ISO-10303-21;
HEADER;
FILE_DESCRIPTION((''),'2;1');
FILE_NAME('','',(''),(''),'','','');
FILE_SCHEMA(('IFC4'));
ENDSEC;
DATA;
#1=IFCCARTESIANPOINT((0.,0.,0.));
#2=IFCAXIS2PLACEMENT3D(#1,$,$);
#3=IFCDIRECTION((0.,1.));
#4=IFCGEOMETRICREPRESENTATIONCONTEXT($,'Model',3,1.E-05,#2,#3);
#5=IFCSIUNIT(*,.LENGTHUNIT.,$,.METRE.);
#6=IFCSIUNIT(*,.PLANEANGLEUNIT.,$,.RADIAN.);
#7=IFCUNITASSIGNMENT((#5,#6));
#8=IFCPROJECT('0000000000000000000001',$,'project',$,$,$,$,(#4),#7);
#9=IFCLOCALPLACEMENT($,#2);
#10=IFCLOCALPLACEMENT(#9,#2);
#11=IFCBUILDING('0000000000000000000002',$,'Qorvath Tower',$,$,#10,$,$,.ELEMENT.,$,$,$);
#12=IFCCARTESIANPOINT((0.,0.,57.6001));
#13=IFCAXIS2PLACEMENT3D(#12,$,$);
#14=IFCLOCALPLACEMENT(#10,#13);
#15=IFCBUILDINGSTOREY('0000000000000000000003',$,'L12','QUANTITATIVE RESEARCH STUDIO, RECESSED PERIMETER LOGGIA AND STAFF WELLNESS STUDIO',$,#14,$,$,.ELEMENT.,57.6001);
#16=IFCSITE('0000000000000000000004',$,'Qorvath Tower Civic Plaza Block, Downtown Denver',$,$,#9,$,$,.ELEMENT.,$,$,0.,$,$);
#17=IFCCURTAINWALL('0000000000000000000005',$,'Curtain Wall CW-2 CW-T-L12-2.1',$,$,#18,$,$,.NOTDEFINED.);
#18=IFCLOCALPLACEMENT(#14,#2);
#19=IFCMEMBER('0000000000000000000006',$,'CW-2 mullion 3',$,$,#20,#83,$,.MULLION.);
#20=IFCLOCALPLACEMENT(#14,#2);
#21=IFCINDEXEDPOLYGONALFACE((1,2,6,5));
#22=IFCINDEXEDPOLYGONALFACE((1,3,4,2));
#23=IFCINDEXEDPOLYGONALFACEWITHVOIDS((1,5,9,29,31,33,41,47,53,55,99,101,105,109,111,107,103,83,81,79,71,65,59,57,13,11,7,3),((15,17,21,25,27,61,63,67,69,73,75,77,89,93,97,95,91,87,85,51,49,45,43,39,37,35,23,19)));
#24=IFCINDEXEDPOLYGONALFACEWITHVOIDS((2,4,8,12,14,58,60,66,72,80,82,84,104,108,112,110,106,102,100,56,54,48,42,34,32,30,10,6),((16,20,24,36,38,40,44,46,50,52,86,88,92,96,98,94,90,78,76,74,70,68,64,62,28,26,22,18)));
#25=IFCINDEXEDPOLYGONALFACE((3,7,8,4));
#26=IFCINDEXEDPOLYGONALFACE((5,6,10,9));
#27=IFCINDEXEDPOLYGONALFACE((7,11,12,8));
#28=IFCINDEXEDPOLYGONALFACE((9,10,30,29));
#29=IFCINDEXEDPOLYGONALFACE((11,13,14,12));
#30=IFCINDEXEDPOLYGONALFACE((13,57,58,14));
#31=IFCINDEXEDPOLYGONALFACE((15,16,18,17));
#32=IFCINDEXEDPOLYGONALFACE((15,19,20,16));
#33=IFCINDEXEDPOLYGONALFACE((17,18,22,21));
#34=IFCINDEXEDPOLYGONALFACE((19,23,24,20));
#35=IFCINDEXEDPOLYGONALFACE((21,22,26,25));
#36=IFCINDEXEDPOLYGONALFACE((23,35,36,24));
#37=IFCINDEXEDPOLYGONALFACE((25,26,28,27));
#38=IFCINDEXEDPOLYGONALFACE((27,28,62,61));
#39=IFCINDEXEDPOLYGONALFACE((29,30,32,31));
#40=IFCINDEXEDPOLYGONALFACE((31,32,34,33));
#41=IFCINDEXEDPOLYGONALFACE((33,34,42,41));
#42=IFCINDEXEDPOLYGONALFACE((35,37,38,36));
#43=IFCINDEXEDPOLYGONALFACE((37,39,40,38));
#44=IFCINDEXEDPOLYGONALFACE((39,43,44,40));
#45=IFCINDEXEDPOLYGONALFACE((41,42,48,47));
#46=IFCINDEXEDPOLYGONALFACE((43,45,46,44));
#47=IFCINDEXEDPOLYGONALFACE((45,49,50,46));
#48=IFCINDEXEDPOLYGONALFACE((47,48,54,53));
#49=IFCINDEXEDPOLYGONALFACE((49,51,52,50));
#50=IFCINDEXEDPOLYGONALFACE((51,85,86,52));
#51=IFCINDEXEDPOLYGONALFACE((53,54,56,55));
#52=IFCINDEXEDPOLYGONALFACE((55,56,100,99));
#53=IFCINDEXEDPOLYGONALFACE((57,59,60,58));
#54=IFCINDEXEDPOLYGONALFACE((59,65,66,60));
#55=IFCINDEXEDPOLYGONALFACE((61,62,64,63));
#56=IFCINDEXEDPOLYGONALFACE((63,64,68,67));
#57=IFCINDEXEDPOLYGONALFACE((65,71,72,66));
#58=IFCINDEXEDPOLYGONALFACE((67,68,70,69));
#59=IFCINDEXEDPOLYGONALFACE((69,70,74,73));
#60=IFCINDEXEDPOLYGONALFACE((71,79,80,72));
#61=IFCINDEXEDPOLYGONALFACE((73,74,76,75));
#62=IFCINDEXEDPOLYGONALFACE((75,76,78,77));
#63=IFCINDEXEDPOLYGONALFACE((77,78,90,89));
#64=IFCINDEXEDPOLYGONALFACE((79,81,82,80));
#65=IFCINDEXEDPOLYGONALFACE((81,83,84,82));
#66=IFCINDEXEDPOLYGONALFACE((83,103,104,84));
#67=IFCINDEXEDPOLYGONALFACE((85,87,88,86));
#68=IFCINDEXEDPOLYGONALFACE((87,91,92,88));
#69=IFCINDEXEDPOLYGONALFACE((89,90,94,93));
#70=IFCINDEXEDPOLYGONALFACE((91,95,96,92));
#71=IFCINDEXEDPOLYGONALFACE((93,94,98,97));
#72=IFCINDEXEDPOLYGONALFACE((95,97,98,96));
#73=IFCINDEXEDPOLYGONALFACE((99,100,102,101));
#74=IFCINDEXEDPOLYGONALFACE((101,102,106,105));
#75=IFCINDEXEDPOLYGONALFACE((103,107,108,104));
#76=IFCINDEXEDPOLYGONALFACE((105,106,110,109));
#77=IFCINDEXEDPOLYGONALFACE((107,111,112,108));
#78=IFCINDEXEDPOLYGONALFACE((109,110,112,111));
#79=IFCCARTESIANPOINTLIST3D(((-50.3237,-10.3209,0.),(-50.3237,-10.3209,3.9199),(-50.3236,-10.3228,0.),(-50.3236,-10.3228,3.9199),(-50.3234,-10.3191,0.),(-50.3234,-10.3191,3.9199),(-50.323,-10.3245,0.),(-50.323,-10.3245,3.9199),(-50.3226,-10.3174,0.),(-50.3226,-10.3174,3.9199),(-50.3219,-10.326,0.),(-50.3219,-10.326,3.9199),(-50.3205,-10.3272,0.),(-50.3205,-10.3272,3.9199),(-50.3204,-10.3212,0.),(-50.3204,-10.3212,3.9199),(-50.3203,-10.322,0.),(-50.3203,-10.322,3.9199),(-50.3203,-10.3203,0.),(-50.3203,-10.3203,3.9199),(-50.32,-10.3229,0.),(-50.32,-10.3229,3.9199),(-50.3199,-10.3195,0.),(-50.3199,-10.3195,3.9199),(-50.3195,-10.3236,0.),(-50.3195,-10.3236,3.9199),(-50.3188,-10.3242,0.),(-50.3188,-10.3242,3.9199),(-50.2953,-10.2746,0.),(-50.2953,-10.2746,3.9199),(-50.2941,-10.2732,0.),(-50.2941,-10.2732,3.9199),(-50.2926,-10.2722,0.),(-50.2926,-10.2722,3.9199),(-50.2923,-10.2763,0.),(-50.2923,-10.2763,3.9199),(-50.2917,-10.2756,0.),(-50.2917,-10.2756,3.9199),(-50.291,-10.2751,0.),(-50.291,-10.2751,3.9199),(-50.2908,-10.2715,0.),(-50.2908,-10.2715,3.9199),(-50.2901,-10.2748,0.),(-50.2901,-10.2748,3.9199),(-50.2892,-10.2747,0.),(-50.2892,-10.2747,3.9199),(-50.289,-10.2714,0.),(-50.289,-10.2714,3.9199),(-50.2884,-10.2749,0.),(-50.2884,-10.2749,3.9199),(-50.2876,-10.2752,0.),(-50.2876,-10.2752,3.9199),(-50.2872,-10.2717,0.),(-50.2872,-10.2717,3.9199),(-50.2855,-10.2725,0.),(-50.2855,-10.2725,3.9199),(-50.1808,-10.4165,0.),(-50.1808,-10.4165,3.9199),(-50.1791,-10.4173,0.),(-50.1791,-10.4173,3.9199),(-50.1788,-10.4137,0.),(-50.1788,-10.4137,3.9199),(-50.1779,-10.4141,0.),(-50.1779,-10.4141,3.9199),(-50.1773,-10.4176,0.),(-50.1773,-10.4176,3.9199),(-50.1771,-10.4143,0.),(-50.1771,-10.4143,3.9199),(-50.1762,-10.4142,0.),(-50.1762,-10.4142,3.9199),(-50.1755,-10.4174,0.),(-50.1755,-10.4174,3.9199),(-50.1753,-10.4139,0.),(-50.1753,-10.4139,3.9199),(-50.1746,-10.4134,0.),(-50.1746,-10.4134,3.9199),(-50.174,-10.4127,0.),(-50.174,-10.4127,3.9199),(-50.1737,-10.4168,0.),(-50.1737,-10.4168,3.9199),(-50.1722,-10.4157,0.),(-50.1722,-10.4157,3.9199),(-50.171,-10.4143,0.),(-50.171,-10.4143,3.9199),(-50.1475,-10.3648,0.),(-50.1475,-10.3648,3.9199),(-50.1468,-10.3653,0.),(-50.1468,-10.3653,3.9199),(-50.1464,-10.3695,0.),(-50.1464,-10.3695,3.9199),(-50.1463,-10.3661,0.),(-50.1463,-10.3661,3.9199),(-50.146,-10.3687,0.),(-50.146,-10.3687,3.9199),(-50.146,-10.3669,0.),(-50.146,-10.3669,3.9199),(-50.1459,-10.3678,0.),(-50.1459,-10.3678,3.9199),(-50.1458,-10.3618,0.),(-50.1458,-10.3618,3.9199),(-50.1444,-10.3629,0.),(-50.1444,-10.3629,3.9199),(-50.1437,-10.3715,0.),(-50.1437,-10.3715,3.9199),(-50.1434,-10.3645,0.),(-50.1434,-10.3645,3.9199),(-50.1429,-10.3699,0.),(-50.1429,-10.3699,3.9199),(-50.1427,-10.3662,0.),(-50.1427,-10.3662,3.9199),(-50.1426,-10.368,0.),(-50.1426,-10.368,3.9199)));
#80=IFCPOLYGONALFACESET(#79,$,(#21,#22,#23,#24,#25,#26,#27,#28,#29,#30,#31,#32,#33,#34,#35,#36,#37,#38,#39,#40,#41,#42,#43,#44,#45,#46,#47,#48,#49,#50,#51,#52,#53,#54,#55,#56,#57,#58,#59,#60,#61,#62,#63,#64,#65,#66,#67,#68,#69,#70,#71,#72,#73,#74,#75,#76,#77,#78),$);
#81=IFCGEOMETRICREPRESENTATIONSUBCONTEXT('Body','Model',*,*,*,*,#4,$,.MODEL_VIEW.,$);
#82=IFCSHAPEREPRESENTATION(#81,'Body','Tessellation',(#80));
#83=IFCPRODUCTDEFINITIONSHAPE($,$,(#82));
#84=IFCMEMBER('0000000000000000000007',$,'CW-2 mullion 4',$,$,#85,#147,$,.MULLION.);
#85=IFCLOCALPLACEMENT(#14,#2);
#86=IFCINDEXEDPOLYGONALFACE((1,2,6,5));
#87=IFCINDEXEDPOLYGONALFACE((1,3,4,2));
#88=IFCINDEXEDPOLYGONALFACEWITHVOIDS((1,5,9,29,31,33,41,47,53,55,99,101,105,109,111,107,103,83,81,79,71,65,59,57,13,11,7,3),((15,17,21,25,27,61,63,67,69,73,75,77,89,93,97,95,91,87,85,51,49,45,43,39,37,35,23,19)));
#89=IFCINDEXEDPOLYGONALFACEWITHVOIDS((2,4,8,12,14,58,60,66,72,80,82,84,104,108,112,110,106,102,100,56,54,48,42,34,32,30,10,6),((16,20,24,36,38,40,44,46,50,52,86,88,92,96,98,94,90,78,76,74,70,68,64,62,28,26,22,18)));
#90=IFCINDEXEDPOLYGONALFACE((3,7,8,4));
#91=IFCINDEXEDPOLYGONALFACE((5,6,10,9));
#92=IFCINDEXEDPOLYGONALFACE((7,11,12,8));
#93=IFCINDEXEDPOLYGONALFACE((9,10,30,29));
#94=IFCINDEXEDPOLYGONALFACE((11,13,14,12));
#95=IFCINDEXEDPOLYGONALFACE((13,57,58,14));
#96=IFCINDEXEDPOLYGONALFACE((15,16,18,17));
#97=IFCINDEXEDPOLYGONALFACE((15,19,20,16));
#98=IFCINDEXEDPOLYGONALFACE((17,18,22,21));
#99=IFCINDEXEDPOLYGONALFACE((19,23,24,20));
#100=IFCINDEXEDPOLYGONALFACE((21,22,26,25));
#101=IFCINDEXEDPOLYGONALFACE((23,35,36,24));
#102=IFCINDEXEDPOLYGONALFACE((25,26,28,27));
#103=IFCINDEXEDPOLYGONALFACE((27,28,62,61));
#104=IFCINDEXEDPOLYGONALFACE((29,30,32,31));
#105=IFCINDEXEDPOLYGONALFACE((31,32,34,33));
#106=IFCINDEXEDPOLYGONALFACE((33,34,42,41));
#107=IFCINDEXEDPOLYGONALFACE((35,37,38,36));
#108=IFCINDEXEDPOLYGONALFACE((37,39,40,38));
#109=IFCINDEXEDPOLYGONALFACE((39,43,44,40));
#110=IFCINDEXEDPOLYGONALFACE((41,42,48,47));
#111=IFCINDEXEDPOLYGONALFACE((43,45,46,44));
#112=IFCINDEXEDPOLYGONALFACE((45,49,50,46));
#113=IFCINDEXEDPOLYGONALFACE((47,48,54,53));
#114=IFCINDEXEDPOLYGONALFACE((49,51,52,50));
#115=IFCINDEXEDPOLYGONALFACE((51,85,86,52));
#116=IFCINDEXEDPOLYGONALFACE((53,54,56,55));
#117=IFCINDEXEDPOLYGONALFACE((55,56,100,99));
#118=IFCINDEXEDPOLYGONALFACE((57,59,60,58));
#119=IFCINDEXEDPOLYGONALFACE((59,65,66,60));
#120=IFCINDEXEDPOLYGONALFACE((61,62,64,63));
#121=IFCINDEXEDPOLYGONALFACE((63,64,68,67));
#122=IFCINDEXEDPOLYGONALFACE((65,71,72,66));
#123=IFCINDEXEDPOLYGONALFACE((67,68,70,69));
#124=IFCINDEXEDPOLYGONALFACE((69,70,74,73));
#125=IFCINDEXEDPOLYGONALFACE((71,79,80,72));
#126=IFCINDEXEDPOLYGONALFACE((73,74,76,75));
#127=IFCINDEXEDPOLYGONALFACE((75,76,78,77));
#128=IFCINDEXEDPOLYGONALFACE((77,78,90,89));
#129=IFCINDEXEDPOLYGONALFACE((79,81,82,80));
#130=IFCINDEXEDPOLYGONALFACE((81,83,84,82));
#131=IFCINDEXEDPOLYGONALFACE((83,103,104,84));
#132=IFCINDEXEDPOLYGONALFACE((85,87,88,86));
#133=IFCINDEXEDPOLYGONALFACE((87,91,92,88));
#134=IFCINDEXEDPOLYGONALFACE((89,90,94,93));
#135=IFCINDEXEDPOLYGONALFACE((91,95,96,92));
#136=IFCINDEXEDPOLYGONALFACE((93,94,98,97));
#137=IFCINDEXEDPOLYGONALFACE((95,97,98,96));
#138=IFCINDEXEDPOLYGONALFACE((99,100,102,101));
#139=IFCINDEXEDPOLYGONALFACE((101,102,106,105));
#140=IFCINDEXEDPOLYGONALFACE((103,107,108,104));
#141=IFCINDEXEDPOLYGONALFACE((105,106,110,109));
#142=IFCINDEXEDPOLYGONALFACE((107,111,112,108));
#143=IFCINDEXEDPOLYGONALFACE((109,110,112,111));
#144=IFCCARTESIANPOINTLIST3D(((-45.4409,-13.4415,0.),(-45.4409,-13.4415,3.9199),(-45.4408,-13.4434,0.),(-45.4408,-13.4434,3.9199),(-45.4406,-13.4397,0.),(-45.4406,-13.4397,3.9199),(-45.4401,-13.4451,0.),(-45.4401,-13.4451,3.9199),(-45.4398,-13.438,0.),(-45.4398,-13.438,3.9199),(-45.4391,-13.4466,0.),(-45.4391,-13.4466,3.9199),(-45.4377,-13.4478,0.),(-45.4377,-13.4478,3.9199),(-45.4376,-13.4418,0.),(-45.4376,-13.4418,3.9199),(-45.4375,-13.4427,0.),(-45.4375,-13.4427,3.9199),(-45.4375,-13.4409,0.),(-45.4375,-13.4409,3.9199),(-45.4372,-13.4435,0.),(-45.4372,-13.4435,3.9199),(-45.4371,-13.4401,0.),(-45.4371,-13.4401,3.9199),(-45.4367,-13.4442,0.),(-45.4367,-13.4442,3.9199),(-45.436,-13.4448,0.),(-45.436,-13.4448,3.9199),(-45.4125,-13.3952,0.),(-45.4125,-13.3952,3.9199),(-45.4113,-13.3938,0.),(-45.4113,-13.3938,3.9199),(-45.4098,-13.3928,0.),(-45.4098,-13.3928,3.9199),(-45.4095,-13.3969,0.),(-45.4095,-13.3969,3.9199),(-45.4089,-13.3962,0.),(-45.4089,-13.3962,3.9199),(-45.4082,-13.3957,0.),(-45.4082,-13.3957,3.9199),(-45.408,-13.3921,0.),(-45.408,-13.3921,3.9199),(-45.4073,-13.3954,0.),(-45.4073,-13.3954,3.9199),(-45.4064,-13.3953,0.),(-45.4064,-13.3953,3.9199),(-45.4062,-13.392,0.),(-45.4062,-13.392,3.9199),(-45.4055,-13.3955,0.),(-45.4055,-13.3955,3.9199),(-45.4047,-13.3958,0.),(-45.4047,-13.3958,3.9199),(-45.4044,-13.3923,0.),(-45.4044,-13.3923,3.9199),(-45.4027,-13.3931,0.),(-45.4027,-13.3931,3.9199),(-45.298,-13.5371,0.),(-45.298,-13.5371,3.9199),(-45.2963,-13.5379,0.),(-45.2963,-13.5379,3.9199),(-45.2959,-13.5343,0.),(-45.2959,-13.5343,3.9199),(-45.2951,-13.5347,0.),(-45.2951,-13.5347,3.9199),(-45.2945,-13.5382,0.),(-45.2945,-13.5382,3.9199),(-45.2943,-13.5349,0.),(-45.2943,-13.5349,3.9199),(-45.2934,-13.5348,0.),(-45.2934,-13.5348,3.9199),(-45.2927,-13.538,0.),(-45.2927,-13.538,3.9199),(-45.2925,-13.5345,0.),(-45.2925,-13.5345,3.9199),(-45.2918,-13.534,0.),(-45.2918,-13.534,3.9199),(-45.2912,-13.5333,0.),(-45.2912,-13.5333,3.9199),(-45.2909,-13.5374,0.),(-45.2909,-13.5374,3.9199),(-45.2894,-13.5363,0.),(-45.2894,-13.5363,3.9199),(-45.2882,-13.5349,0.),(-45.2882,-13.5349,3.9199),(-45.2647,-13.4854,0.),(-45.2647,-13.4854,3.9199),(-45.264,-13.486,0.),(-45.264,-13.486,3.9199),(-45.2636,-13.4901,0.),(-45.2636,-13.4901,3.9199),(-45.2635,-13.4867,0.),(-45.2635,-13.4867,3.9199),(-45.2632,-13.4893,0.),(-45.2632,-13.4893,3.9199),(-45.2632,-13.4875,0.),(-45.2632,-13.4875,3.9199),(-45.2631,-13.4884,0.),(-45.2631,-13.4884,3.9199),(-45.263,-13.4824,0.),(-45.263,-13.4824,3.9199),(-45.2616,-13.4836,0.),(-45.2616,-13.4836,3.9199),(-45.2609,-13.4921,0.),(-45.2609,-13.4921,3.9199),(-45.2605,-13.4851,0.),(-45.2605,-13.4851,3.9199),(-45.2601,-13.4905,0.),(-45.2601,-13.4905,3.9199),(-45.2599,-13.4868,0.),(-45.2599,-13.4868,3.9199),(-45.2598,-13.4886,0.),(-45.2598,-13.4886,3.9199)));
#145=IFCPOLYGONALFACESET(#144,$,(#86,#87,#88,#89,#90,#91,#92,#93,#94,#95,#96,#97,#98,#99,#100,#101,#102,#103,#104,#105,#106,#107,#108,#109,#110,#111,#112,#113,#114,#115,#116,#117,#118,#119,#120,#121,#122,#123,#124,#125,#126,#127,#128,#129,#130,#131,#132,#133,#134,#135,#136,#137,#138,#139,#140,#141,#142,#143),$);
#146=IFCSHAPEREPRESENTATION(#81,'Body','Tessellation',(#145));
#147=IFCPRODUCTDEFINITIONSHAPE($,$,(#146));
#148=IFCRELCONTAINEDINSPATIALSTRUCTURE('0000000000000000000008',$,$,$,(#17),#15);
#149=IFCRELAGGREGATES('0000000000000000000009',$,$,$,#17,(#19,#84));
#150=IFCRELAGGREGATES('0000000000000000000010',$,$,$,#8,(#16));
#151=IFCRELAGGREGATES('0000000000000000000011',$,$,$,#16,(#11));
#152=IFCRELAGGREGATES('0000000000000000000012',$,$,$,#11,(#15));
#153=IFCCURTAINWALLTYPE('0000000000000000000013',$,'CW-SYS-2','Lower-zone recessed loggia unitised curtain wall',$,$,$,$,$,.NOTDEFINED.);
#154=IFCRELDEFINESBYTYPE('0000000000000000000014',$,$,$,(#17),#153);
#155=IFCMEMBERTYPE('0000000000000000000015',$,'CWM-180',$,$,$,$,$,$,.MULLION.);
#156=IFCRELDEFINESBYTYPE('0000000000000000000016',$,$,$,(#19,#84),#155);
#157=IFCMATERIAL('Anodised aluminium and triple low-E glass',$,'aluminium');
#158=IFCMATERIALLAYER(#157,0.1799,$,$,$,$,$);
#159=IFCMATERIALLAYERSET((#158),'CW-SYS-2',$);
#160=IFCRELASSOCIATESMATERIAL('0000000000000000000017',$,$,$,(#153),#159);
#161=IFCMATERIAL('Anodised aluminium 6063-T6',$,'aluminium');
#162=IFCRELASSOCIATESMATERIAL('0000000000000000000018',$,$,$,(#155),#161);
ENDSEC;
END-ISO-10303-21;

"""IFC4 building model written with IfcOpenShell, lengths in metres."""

from ifc_helpers import new_model, si_unit, direction, frame, origin, origin_2d, place, context, subcontext, project, spatial, hollow_rectangle, extrude, material, layer, layer_set, material_profile, profile_set, type_object, element, aggregate, save


model = new_model("IFC4")

# Units and contexts
model_context = context("Model", 3, precision=1e-05, world=origin(), true_north=direction((0.0, 1.0)))
body_context = subcontext(model_context, "Body", "Model", "MODEL_VIEW")
ifc_project = project(units=[si_unit("LENGTHUNIT", "METRE"), si_unit("PLANEANGLEUNIT", "RADIAN")], contexts=[model_context])

# Site, building, storey
site_placement = place(None, origin())
site = spatial("IfcSite", under=ifc_project, at=site_placement, Name="Qorvath Tower Civic Plaza Block, Downtown Denver", CompositionType="ELEMENT", RefElevation=0.0)
building_placement = place(site_placement, origin())
building = spatial("IfcBuilding", under=site, at=building_placement, Name="Qorvath Tower", CompositionType="ELEMENT")
storey_placement = place(building_placement, frame((0.0, 0.0, 57.6001)))
storey = spatial("IfcBuildingStorey", under=building, at=storey_placement, Name="L12", Description="QUANTITATIVE RESEARCH STUDIO, RECESSED PERIMETER LOGGIA AND STAFF WELLNESS STUDIO", CompositionType="ELEMENT", Elevation=57.6001)

# Curtain wall, members
ifc_material_1 = material(Name="Anodised aluminium and triple low-E glass", Category="aluminium")
ifc_layer_1 = layer(ifc_material_1, 0.1799)
ifc_layer_set_1 = layer_set([ifc_layer_1], Name="CW-SYS-2")
curtain_wall_type = type_object("IfcCurtainWallType", Name="CW-SYS-2", Description="Lower-zone recessed loggia unitised curtain wall", PredefinedType="NOTDEFINED", material=ifc_layer_set_1)
curtain_wall_placement = place(storey_placement, origin())
curtain_wall = element("IfcCurtainWall", 1, at=curtain_wall_placement, inside=storey, type_object=curtain_wall_type, Name="Curtain Wall CW-2 CW-T-L12-2.1", PredefinedType="NOTDEFINED")
ifc_material_2 = material(Name="Anodised aluminium 6063-T6", Category="aluminium")
ifc_material_profile_1 = material_profile(ifc_material_2, hollow_rectangle(XDim=0.0649, YDim=0.1799, WallThickness=0.0034, InnerFilletRadius=0.0034, OuterFilletRadius=0.0071, at=origin_2d()), Name="CWM 180x65")
ifc_profile_set_1 = profile_set([ifc_material_profile_1], Name="Anodised aluminium 6063-T6")
member_type_1 = type_object("IfcMemberType", Name="CWM-180", PredefinedType="MULLION", material=ifc_profile_set_1)
member_1_placement = place(storey_placement, frame((-50.2332, -10.3445, 0.0), z_axis=(0.0, 0.0, 1.0), x_axis=(0.53853, 0.842607, 0.0)))
member_1 = element("IfcMember", 2, at=member_1_placement, type_object=member_type_1, Name="CW-2 mullion 3", PredefinedType="MULLION", context=body_context, shape_type="SweptSolid", body=[
    extrude(hollow_rectangle(XDim=0.0649, YDim=0.1799, WallThickness=0.0034, InnerFilletRadius=0.0034, OuterFilletRadius=0.0071, at=origin_2d()), origin(), (0.0, 0.0, 1.0), 3.9199),
])
member_2_placement = place(storey_placement, frame((-45.3503, -13.4651, 0.0), z_axis=(0.0, 0.0, 1.0), x_axis=(0.53853, 0.842607, 0.0)))
member_2 = element("IfcMember", 3, at=member_2_placement, type_object=member_type_1, Name="CW-2 mullion 4", PredefinedType="MULLION", context=body_context, shape_type="SweptSolid", body=[
    extrude(hollow_rectangle(XDim=0.0649, YDim=0.1799, WallThickness=0.0034, InnerFilletRadius=0.0034, OuterFilletRadius=0.0071, at=origin_2d()), origin(), (0.0, 0.0, 1.0), 3.9199),
])
aggregate(curtain_wall, [member_1, member_2])

save(model, "model.ifc")
